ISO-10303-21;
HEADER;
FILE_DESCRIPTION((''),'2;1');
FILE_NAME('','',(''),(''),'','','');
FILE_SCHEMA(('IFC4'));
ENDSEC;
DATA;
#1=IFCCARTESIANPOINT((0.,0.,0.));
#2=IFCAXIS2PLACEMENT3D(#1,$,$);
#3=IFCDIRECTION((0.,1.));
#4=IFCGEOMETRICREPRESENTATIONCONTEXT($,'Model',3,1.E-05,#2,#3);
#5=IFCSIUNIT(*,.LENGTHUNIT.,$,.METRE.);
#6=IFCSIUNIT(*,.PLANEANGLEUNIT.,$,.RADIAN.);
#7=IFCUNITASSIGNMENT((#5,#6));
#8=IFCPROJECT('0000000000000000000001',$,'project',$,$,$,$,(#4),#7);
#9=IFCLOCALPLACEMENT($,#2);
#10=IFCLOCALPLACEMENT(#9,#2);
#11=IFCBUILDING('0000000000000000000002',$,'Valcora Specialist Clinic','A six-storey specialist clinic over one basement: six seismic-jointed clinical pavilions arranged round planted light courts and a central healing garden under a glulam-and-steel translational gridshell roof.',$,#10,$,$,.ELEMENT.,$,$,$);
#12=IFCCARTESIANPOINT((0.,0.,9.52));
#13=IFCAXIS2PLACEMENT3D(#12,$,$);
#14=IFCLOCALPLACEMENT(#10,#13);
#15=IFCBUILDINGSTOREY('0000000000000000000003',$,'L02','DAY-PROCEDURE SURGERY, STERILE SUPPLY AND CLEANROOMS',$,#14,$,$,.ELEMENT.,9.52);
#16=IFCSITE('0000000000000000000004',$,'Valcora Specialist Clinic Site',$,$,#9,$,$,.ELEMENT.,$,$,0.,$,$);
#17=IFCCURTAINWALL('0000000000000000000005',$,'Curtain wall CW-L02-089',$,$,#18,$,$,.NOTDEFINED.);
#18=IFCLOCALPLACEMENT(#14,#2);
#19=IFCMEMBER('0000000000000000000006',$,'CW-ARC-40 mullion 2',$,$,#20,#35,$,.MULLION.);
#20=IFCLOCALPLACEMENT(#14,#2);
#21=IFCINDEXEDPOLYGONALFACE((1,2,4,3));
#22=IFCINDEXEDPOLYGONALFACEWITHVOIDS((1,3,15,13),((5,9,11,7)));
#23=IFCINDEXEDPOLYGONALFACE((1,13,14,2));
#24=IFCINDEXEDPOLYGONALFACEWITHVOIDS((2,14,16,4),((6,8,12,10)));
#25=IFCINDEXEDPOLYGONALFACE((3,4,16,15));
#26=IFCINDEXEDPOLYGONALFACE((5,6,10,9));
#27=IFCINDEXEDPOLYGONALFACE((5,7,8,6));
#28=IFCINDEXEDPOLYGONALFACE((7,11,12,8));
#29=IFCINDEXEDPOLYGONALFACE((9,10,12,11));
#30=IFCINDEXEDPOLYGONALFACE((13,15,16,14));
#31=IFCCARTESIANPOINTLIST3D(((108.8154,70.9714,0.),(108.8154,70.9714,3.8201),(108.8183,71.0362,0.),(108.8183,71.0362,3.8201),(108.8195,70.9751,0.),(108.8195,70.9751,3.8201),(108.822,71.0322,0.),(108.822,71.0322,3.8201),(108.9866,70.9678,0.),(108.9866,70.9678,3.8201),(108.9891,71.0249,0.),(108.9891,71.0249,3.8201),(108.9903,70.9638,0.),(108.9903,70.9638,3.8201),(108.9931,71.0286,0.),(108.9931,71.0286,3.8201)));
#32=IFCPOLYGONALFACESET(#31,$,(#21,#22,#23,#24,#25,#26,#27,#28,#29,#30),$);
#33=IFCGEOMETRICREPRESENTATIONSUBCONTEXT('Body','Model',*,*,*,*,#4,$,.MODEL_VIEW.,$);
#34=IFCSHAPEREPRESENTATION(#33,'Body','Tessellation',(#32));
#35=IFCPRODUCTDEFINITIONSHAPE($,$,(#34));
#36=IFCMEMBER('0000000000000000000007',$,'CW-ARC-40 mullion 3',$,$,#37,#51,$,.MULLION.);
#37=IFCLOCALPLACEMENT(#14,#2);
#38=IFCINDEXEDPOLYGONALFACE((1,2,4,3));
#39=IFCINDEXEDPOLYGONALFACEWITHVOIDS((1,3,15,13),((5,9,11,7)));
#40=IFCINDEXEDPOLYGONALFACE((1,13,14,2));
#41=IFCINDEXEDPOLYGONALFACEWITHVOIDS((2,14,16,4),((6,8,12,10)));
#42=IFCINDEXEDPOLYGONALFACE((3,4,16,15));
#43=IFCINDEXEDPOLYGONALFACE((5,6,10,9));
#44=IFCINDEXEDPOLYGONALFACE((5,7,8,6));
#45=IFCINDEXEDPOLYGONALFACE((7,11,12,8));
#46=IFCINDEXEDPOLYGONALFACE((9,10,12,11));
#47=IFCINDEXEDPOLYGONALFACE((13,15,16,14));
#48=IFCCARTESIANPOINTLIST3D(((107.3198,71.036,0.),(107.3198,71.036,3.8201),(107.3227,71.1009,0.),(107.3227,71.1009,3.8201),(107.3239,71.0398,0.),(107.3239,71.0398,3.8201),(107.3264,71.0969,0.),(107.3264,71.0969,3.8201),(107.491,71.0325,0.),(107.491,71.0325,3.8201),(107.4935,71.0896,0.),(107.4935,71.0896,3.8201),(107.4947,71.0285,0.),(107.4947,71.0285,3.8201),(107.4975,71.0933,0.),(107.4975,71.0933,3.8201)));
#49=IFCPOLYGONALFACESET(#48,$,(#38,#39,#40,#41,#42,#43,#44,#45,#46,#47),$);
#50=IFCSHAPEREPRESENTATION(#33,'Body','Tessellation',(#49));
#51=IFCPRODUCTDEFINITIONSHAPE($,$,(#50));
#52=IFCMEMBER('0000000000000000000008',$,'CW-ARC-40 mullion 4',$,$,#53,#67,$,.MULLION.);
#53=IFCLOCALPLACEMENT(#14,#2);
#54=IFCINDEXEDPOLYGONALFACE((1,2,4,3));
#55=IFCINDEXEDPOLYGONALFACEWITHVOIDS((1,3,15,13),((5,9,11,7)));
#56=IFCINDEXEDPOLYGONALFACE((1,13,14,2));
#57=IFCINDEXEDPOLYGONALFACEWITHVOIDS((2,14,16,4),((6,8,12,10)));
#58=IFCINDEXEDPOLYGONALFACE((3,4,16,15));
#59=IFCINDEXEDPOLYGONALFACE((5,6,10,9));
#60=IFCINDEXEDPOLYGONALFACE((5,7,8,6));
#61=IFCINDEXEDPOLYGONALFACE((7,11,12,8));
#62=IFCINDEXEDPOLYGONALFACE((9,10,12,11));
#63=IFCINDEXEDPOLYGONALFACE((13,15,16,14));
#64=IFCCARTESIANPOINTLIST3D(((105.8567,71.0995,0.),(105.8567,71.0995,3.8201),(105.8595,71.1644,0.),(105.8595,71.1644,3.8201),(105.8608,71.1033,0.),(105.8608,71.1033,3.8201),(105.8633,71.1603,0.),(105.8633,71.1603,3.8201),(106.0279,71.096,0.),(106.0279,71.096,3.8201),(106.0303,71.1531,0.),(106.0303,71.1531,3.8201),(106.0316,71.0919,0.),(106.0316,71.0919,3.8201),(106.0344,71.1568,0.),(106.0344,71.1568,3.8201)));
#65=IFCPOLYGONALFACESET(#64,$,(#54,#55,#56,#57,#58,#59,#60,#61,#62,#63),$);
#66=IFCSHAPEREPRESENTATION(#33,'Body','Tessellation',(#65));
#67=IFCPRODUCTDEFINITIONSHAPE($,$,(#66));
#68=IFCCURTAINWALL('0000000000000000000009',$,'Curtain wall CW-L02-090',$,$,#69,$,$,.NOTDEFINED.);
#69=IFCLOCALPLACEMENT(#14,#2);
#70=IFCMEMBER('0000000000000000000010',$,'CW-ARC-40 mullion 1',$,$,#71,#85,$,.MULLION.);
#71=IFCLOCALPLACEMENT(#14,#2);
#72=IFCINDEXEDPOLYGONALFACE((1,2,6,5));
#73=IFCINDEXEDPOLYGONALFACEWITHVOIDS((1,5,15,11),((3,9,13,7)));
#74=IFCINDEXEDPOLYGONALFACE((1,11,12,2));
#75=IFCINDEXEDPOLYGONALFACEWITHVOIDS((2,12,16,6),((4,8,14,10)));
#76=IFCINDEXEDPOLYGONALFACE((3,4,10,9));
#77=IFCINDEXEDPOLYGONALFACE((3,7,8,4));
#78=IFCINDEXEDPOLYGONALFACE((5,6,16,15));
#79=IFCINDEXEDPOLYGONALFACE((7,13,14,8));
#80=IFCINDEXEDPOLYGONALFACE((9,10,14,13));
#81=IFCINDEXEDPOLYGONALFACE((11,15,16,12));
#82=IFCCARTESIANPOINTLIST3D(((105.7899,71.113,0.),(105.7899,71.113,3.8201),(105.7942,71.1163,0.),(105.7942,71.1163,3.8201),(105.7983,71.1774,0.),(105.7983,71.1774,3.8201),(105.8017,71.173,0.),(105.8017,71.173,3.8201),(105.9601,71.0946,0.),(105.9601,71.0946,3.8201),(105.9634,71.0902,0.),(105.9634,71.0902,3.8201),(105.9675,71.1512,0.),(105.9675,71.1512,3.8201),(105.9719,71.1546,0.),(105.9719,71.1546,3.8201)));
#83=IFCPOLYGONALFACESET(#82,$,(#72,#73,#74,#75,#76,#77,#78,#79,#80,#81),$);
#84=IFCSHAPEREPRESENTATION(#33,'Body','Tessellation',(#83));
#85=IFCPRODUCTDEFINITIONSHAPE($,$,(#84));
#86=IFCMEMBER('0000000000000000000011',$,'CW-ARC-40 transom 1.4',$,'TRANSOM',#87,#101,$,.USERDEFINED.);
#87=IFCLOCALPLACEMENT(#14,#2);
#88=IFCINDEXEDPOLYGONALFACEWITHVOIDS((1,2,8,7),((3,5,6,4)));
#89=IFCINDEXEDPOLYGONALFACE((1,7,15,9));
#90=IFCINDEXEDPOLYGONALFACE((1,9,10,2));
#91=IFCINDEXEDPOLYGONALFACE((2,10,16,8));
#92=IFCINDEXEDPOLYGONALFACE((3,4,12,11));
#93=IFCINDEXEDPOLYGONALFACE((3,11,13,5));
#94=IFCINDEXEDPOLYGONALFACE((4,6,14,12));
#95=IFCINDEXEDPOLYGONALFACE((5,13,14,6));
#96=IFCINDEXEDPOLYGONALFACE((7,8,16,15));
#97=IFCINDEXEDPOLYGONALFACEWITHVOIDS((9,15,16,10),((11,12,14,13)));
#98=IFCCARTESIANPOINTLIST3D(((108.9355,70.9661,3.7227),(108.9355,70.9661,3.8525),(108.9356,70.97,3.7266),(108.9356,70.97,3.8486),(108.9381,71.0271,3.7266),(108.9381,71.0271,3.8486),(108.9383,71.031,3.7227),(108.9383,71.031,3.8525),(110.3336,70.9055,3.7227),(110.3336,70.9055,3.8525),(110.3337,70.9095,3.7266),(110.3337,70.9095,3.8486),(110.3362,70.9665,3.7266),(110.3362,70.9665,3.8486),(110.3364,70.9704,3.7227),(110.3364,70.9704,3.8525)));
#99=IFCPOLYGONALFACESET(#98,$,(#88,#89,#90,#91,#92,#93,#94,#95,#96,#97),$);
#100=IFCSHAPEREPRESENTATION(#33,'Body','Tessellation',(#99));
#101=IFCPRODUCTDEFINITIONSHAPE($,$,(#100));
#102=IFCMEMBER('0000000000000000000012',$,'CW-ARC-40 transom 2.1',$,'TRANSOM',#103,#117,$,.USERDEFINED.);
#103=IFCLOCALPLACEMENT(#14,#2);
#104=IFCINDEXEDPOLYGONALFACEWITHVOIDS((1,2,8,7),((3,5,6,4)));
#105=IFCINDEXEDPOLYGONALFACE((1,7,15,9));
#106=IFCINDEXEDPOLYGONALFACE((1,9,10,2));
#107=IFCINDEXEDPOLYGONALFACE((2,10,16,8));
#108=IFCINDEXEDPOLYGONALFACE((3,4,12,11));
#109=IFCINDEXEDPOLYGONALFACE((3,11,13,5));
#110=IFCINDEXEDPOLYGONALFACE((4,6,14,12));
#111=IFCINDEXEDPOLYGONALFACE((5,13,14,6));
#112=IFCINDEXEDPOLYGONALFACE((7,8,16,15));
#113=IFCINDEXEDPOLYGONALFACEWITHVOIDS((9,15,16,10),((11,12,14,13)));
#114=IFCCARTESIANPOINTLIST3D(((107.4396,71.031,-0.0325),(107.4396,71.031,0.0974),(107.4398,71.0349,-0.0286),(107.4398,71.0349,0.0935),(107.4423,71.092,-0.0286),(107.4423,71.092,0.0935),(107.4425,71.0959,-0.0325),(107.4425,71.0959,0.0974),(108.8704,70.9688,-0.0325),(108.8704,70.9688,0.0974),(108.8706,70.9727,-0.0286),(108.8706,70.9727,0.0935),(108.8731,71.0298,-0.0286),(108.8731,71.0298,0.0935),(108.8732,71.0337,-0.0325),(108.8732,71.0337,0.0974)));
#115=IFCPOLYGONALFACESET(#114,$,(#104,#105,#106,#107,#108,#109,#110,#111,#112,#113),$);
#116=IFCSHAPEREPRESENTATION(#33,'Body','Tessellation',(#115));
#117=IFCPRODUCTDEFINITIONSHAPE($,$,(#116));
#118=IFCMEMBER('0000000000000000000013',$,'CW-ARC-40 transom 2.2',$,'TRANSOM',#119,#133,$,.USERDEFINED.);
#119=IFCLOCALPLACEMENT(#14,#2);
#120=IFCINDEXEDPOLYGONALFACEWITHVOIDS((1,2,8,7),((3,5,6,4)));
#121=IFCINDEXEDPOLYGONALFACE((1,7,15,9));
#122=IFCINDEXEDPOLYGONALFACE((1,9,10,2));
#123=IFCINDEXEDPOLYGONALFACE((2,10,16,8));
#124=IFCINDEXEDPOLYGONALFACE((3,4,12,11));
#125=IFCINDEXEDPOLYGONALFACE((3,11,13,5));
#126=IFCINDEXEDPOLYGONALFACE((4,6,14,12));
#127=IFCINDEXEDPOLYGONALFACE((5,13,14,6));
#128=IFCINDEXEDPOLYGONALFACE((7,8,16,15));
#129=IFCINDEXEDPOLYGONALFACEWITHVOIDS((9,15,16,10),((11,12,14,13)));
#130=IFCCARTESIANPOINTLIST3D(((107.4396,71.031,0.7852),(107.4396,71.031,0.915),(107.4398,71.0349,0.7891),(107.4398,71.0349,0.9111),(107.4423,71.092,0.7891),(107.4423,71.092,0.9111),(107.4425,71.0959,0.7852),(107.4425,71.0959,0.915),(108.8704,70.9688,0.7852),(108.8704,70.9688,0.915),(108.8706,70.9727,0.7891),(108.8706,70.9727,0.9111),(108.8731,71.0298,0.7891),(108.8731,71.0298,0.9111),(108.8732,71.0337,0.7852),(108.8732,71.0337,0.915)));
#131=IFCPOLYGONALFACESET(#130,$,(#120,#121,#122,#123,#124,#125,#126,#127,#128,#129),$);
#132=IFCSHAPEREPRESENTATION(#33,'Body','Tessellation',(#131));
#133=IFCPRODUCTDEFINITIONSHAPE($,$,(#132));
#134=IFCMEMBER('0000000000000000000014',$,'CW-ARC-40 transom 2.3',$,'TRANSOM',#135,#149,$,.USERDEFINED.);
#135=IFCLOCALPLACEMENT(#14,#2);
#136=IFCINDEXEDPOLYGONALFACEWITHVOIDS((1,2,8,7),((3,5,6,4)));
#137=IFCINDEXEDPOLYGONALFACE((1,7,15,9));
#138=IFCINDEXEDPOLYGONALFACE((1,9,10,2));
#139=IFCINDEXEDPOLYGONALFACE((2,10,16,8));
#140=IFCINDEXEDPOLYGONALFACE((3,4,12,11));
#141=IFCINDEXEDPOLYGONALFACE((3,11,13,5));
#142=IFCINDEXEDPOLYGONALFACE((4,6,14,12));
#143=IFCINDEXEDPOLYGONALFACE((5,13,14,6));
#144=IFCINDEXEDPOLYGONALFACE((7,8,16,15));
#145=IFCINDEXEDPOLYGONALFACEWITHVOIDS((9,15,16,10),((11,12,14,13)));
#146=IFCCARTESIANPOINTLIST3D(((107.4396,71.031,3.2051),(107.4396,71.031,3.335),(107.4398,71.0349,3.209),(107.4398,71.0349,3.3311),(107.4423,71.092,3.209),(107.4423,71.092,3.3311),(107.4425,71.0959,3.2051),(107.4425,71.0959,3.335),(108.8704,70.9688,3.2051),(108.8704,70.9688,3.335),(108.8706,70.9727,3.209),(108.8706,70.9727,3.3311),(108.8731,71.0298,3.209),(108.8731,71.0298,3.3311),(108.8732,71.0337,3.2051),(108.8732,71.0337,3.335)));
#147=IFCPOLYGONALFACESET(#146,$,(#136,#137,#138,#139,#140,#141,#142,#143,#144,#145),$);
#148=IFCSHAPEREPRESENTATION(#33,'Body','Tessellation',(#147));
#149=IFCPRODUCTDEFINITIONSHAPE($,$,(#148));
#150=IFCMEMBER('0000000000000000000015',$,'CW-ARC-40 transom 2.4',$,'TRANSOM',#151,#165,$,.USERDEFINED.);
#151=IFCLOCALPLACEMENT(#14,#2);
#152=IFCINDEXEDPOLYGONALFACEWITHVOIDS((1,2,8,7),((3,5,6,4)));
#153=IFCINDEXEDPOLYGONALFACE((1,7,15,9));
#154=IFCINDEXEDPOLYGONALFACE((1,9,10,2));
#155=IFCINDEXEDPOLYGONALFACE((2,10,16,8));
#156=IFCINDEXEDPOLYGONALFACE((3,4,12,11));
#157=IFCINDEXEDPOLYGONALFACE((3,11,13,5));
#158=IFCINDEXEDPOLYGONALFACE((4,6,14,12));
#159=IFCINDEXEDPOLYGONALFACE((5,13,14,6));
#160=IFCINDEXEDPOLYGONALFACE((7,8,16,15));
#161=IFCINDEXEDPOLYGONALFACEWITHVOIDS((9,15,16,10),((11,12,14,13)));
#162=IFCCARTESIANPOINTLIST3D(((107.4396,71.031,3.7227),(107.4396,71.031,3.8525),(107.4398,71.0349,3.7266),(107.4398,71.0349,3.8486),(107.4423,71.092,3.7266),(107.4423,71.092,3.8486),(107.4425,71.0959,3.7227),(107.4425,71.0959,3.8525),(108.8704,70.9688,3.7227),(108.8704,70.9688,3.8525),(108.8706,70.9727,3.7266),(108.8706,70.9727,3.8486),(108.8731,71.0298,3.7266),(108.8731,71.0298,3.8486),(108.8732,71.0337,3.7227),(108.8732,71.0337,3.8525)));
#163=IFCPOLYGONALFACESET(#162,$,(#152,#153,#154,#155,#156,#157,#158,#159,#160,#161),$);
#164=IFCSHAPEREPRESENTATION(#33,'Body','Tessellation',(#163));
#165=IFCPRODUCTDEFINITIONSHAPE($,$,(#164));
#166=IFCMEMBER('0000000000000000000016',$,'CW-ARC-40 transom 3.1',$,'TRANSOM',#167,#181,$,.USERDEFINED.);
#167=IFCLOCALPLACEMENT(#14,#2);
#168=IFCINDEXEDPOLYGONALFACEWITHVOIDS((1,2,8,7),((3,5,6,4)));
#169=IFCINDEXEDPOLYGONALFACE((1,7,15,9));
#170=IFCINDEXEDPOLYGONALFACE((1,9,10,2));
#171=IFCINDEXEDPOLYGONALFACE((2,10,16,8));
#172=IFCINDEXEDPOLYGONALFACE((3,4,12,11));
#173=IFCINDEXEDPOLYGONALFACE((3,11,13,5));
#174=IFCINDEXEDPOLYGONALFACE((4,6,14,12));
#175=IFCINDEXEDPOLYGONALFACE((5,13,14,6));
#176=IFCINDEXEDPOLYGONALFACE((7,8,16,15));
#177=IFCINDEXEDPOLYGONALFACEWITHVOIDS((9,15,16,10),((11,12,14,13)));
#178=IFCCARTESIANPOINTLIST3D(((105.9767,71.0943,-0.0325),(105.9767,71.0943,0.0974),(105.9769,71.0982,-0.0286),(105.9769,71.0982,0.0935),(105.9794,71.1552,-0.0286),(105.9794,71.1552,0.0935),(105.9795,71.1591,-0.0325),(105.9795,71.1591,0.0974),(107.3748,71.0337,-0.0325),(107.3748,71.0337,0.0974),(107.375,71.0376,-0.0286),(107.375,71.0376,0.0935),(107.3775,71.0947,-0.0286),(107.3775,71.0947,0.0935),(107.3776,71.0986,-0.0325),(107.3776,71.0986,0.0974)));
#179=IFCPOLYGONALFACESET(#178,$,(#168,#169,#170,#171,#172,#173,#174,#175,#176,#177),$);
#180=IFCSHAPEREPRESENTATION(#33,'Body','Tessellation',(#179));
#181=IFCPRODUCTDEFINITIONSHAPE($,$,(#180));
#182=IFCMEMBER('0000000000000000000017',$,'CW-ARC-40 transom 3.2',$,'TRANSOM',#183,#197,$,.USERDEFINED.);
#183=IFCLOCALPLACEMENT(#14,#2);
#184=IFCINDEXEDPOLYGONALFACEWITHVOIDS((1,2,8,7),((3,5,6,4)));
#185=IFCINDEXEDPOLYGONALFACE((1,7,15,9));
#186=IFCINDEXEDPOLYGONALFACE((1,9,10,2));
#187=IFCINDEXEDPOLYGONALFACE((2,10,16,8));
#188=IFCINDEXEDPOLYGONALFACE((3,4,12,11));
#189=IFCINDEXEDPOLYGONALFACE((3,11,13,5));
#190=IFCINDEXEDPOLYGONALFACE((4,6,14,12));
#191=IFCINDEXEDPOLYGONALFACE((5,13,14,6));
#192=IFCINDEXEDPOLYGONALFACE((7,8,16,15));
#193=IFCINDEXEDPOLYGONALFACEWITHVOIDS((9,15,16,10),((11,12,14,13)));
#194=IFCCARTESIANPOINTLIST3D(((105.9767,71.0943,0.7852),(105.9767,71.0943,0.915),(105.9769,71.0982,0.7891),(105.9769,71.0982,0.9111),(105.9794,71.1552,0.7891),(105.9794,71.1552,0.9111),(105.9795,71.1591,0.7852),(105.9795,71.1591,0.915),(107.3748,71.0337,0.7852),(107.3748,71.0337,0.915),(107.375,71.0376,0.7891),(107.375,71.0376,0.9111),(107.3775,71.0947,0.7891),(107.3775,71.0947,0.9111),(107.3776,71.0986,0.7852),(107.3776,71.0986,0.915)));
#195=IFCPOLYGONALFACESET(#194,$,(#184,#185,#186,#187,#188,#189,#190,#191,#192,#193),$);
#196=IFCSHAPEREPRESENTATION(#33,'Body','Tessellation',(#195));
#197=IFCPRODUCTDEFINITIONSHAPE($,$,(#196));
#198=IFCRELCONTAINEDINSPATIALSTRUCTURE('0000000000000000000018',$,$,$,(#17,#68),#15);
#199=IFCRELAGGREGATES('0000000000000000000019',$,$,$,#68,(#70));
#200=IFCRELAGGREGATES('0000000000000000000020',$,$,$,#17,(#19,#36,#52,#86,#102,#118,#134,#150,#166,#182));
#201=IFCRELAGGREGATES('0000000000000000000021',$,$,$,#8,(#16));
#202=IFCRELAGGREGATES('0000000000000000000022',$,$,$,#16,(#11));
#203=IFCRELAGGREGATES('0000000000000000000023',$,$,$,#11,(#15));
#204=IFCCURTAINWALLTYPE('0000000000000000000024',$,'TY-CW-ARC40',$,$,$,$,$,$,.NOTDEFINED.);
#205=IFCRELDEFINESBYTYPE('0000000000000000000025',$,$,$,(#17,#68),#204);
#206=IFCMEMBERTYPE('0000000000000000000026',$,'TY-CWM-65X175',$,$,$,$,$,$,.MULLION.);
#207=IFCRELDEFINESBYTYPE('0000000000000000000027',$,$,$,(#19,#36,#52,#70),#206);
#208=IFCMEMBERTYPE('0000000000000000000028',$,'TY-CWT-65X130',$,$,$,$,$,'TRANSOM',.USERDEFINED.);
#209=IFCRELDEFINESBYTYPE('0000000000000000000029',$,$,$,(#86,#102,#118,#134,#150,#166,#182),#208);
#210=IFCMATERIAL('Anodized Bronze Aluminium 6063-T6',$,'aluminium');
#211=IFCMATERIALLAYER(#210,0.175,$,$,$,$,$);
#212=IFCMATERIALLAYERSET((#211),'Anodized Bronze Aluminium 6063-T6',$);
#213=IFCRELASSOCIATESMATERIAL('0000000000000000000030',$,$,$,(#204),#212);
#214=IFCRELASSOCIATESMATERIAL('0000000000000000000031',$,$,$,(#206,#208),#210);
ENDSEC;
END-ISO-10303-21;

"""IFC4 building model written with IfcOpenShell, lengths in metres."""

from ifc_helpers import new_model, si_unit, direction, frame, origin, origin_2d, place, context, subcontext, project, spatial, hollow_rectangle, extrude, material, layer, layer_set, material_profile, profile_set, type_object, element, aggregate, save


model = new_model("IFC4")

# Units and contexts
model_context = context("Model", 3, precision=1e-05, world=origin(), true_north=direction((0.0, 1.0)))
body_context = subcontext(model_context, "Body", "Model", "MODEL_VIEW")
ifc_project = project(units=[si_unit("LENGTHUNIT", "METRE"), si_unit("PLANEANGLEUNIT", "RADIAN")], contexts=[model_context])

# Site, building, storey
site_placement = place(None, origin())
site = spatial("IfcSite", under=ifc_project, at=site_placement, Name="Valcora Specialist Clinic Site", CompositionType="ELEMENT", RefElevation=0.0)
building_placement = place(site_placement, origin())
building = spatial("IfcBuilding", under=site, at=building_placement, Name="Valcora Specialist Clinic", Description="A six-storey specialist clinic over one basement: six seismic-jointed clinical pavilions arranged round planted light courts and a central healing garden under a glulam-and-steel translational gridshell roof.", CompositionType="ELEMENT")
storey_placement = place(building_placement, frame((0.0, 0.0, 9.52)))
storey = spatial("IfcBuildingStorey", under=building, at=storey_placement, Name="L02", Description="DAY-PROCEDURE SURGERY, STERILE SUPPLY AND CLEANROOMS", CompositionType="ELEMENT", Elevation=9.52)

# Curtain wall, members
ifc_material_1 = material(Name="Anodized Bronze Aluminium 6063-T6", Category="aluminium")
ifc_layer_1 = layer(ifc_material_1, 0.175)
ifc_layer_set_1 = layer_set([ifc_layer_1], Name="Anodized Bronze Aluminium 6063-T6")
curtain_wall_type = type_object("IfcCurtainWallType", Name="TY-CW-ARC40", PredefinedType="NOTDEFINED", material=ifc_layer_set_1)
curtain_wall_1_placement = place(storey_placement, origin())
curtain_wall_1 = element("IfcCurtainWall", 1, at=curtain_wall_1_placement, inside=storey, type_object=curtain_wall_type, Name="Curtain wall CW-L02-089", PredefinedType="NOTDEFINED")
ifc_material_profile_1 = material_profile(ifc_material_1, hollow_rectangle(XDim=0.0649, YDim=0.175, WallThickness=0.0039, at=origin_2d()), Name="AL-MUL-65X175")
ifc_profile_set_1 = profile_set([ifc_material_profile_1], Name="Anodized Bronze Aluminium 6063-T6")
member_type_1 = type_object("IfcMemberType", Name="TY-CWM-65X175", PredefinedType="MULLION", material=ifc_profile_set_1)
member_1_placement = place(storey_placement, frame((108.9043, 71.0, 0.0), z_axis=(0.0, 0.0, 1.0), x_axis=(-0.043307, -0.999062, 0.0)))
member_1 = element("IfcMember", 2, at=member_1_placement, type_object=member_type_1, Name="CW-ARC-40 mullion 2", PredefinedType="MULLION", context=body_context, shape_type="SweptSolid", body=[
    extrude(hollow_rectangle(XDim=0.0649, YDim=0.175, WallThickness=0.0039, at=origin_2d()), origin(), (0.0, 0.0, 1.0), 3.8201),
])
member_2_placement = place(storey_placement, frame((107.4087, 71.0647, 0.0), z_axis=(0.0, 0.0, 1.0), x_axis=(-0.043307, -0.999062, 0.0)))
member_2 = element("IfcMember", 3, at=member_2_placement, type_object=member_type_1, Name="CW-ARC-40 mullion 3", PredefinedType="MULLION", context=body_context, shape_type="SweptSolid", body=[
    extrude(hollow_rectangle(XDim=0.0649, YDim=0.175, WallThickness=0.0039, at=origin_2d()), origin(), (0.0, 0.0, 1.0), 3.8201),
])
member_3_placement = place(storey_placement, frame((105.9456, 71.1282, 0.0), z_axis=(0.0, 0.0, 1.0), x_axis=(-0.043307, -0.999062, 0.0)))
member_3 = element("IfcMember", 4, at=member_3_placement, type_object=member_type_1, Name="CW-ARC-40 mullion 4", PredefinedType="MULLION", context=body_context, shape_type="SweptSolid", body=[
    extrude(hollow_rectangle(XDim=0.0649, YDim=0.175, WallThickness=0.0039, at=origin_2d()), origin(), (0.0, 0.0, 1.0), 3.8201),
])

# Curtain wall, member
curtain_wall_2_placement = place(storey_placement, origin())
curtain_wall_2 = element("IfcCurtainWall", 5, at=curtain_wall_2_placement, inside=storey, type_object=curtain_wall_type, Name="Curtain wall CW-L02-090", PredefinedType="NOTDEFINED")
member_4_placement = place(storey_placement, frame((105.8809, 71.1338, 0.0), z_axis=(0.0, 0.0, 1.0), x_axis=(-0.129999, -0.991514, 0.0)))
member_4 = element("IfcMember", 6, at=member_4_placement, type_object=member_type_1, Name="CW-ARC-40 mullion 1", PredefinedType="MULLION", context=body_context, shape_type="SweptSolid", body=[
    extrude(hollow_rectangle(XDim=0.0649, YDim=0.175, WallThickness=0.0039, at=origin_2d()), origin(), (0.0, 0.0, 1.0), 3.8201),
])

# Members
ifc_material_profile_2 = material_profile(ifc_material_1, hollow_rectangle(XDim=0.0649, YDim=0.1299, WallThickness=0.0039, at=origin_2d()), Name="AL-TRN-65X130")
ifc_profile_set_2 = profile_set([ifc_material_profile_2], Name="Anodized Bronze Aluminium 6063-T6")
member_type_2 = type_object("IfcMemberType", Name="TY-CWT-65X130", ElementType="TRANSOM", PredefinedType="USERDEFINED", material=ifc_profile_set_2)
member_5_placement = place(storey_placement, frame((110.335, 70.938, 3.7876), z_axis=(-0.999064, 0.043263, 0.0), x_axis=(-0.043263, -0.999064, 0.0)))
member_5 = element("IfcMember", 7, at=member_5_placement, type_object=member_type_2, Name="CW-ARC-40 transom 1.4", ObjectType="TRANSOM", PredefinedType="USERDEFINED", context=body_context, shape_type="SweptSolid", body=[
    extrude(hollow_rectangle(XDim=0.0649, YDim=0.1299, WallThickness=0.0039, at=origin_2d()), origin(), (0.0, 0.0, 1.0), 1.3994),
])
member_6_placement = place(storey_placement, frame((108.8718, 71.0012, 0.0325), z_axis=(-0.999055, 0.043474, 0.0), x_axis=(-0.043474, -0.999055, 0.0)))
member_6 = element("IfcMember", 8, at=member_6_placement, type_object=member_type_2, Name="CW-ARC-40 transom 2.1", ObjectType="TRANSOM", PredefinedType="USERDEFINED", context=body_context, shape_type="SweptSolid", body=[
    extrude(hollow_rectangle(XDim=0.0649, YDim=0.1299, WallThickness=0.0039, at=origin_2d()), origin(), (0.0, 0.0, 1.0), 1.4321),
])
member_7_placement = place(storey_placement, frame((108.8718, 71.0012, 0.8501), z_axis=(-0.999055, 0.043474, 0.0), x_axis=(-0.043474, -0.999055, 0.0)))
member_7 = element("IfcMember", 9, at=member_7_placement, type_object=member_type_2, Name="CW-ARC-40 transom 2.2", ObjectType="TRANSOM", PredefinedType="USERDEFINED", context=body_context, shape_type="SweptSolid", body=[
    extrude(hollow_rectangle(XDim=0.0649, YDim=0.1299, WallThickness=0.0039, at=origin_2d()), origin(), (0.0, 0.0, 1.0), 1.4321),
])
member_8_placement = place(storey_placement, frame((108.8718, 71.0012, 3.27), z_axis=(-0.999055, 0.043474, 0.0), x_axis=(-0.043474, -0.999055, 0.0)))
member_8 = element("IfcMember", 10, at=member_8_placement, type_object=member_type_2, Name="CW-ARC-40 transom 2.3", ObjectType="TRANSOM", PredefinedType="USERDEFINED", context=body_context, shape_type="SweptSolid", body=[
    extrude(hollow_rectangle(XDim=0.0649, YDim=0.1299, WallThickness=0.0039, at=origin_2d()), origin(), (0.0, 0.0, 1.0), 1.4321),
])
member_9_placement = place(storey_placement, frame((108.8718, 71.0012, 3.7876), z_axis=(-0.999055, 0.043474, 0.0), x_axis=(-0.043474, -0.999055, 0.0)))
member_9 = element("IfcMember", 11, at=member_9_placement, type_object=member_type_2, Name="CW-ARC-40 transom 2.4", ObjectType="TRANSOM", PredefinedType="USERDEFINED", context=body_context, shape_type="SweptSolid", body=[
    extrude(hollow_rectangle(XDim=0.0649, YDim=0.1299, WallThickness=0.0039, at=origin_2d()), origin(), (0.0, 0.0, 1.0), 1.4321),
])
member_10_placement = place(storey_placement, frame((107.3762, 71.0662, 0.0325), z_axis=(-0.999064, 0.043263, 0.0), x_axis=(-0.043263, -0.999064, 0.0)))
member_10 = element("IfcMember", 12, at=member_10_placement, type_object=member_type_2, Name="CW-ARC-40 transom 3.1", ObjectType="TRANSOM", PredefinedType="USERDEFINED", context=body_context, shape_type="SweptSolid", body=[
    extrude(hollow_rectangle(XDim=0.0649, YDim=0.1299, WallThickness=0.0039, at=origin_2d()), origin(), (0.0, 0.0, 1.0), 1.3994),
])
member_11_placement = place(storey_placement, frame((107.3762, 71.0662, 0.8501), z_axis=(-0.999064, 0.043263, 0.0), x_axis=(-0.043263, -0.999064, 0.0)))
member_11 = element("IfcMember", 13, at=member_11_placement, type_object=member_type_2, Name="CW-ARC-40 transom 3.2", ObjectType="TRANSOM", PredefinedType="USERDEFINED", context=body_context, shape_type="SweptSolid", body=[
    extrude(hollow_rectangle(XDim=0.0649, YDim=0.1299, WallThickness=0.0039, at=origin_2d()), origin(), (0.0, 0.0, 1.0), 1.3994),
])

aggregate(curtain_wall_2, [member_4])
aggregate(curtain_wall_1, [member_1, member_2, member_3, member_5, member_6, member_7, member_8, member_9, member_10, member_11])

save(model, "model.ifc")
